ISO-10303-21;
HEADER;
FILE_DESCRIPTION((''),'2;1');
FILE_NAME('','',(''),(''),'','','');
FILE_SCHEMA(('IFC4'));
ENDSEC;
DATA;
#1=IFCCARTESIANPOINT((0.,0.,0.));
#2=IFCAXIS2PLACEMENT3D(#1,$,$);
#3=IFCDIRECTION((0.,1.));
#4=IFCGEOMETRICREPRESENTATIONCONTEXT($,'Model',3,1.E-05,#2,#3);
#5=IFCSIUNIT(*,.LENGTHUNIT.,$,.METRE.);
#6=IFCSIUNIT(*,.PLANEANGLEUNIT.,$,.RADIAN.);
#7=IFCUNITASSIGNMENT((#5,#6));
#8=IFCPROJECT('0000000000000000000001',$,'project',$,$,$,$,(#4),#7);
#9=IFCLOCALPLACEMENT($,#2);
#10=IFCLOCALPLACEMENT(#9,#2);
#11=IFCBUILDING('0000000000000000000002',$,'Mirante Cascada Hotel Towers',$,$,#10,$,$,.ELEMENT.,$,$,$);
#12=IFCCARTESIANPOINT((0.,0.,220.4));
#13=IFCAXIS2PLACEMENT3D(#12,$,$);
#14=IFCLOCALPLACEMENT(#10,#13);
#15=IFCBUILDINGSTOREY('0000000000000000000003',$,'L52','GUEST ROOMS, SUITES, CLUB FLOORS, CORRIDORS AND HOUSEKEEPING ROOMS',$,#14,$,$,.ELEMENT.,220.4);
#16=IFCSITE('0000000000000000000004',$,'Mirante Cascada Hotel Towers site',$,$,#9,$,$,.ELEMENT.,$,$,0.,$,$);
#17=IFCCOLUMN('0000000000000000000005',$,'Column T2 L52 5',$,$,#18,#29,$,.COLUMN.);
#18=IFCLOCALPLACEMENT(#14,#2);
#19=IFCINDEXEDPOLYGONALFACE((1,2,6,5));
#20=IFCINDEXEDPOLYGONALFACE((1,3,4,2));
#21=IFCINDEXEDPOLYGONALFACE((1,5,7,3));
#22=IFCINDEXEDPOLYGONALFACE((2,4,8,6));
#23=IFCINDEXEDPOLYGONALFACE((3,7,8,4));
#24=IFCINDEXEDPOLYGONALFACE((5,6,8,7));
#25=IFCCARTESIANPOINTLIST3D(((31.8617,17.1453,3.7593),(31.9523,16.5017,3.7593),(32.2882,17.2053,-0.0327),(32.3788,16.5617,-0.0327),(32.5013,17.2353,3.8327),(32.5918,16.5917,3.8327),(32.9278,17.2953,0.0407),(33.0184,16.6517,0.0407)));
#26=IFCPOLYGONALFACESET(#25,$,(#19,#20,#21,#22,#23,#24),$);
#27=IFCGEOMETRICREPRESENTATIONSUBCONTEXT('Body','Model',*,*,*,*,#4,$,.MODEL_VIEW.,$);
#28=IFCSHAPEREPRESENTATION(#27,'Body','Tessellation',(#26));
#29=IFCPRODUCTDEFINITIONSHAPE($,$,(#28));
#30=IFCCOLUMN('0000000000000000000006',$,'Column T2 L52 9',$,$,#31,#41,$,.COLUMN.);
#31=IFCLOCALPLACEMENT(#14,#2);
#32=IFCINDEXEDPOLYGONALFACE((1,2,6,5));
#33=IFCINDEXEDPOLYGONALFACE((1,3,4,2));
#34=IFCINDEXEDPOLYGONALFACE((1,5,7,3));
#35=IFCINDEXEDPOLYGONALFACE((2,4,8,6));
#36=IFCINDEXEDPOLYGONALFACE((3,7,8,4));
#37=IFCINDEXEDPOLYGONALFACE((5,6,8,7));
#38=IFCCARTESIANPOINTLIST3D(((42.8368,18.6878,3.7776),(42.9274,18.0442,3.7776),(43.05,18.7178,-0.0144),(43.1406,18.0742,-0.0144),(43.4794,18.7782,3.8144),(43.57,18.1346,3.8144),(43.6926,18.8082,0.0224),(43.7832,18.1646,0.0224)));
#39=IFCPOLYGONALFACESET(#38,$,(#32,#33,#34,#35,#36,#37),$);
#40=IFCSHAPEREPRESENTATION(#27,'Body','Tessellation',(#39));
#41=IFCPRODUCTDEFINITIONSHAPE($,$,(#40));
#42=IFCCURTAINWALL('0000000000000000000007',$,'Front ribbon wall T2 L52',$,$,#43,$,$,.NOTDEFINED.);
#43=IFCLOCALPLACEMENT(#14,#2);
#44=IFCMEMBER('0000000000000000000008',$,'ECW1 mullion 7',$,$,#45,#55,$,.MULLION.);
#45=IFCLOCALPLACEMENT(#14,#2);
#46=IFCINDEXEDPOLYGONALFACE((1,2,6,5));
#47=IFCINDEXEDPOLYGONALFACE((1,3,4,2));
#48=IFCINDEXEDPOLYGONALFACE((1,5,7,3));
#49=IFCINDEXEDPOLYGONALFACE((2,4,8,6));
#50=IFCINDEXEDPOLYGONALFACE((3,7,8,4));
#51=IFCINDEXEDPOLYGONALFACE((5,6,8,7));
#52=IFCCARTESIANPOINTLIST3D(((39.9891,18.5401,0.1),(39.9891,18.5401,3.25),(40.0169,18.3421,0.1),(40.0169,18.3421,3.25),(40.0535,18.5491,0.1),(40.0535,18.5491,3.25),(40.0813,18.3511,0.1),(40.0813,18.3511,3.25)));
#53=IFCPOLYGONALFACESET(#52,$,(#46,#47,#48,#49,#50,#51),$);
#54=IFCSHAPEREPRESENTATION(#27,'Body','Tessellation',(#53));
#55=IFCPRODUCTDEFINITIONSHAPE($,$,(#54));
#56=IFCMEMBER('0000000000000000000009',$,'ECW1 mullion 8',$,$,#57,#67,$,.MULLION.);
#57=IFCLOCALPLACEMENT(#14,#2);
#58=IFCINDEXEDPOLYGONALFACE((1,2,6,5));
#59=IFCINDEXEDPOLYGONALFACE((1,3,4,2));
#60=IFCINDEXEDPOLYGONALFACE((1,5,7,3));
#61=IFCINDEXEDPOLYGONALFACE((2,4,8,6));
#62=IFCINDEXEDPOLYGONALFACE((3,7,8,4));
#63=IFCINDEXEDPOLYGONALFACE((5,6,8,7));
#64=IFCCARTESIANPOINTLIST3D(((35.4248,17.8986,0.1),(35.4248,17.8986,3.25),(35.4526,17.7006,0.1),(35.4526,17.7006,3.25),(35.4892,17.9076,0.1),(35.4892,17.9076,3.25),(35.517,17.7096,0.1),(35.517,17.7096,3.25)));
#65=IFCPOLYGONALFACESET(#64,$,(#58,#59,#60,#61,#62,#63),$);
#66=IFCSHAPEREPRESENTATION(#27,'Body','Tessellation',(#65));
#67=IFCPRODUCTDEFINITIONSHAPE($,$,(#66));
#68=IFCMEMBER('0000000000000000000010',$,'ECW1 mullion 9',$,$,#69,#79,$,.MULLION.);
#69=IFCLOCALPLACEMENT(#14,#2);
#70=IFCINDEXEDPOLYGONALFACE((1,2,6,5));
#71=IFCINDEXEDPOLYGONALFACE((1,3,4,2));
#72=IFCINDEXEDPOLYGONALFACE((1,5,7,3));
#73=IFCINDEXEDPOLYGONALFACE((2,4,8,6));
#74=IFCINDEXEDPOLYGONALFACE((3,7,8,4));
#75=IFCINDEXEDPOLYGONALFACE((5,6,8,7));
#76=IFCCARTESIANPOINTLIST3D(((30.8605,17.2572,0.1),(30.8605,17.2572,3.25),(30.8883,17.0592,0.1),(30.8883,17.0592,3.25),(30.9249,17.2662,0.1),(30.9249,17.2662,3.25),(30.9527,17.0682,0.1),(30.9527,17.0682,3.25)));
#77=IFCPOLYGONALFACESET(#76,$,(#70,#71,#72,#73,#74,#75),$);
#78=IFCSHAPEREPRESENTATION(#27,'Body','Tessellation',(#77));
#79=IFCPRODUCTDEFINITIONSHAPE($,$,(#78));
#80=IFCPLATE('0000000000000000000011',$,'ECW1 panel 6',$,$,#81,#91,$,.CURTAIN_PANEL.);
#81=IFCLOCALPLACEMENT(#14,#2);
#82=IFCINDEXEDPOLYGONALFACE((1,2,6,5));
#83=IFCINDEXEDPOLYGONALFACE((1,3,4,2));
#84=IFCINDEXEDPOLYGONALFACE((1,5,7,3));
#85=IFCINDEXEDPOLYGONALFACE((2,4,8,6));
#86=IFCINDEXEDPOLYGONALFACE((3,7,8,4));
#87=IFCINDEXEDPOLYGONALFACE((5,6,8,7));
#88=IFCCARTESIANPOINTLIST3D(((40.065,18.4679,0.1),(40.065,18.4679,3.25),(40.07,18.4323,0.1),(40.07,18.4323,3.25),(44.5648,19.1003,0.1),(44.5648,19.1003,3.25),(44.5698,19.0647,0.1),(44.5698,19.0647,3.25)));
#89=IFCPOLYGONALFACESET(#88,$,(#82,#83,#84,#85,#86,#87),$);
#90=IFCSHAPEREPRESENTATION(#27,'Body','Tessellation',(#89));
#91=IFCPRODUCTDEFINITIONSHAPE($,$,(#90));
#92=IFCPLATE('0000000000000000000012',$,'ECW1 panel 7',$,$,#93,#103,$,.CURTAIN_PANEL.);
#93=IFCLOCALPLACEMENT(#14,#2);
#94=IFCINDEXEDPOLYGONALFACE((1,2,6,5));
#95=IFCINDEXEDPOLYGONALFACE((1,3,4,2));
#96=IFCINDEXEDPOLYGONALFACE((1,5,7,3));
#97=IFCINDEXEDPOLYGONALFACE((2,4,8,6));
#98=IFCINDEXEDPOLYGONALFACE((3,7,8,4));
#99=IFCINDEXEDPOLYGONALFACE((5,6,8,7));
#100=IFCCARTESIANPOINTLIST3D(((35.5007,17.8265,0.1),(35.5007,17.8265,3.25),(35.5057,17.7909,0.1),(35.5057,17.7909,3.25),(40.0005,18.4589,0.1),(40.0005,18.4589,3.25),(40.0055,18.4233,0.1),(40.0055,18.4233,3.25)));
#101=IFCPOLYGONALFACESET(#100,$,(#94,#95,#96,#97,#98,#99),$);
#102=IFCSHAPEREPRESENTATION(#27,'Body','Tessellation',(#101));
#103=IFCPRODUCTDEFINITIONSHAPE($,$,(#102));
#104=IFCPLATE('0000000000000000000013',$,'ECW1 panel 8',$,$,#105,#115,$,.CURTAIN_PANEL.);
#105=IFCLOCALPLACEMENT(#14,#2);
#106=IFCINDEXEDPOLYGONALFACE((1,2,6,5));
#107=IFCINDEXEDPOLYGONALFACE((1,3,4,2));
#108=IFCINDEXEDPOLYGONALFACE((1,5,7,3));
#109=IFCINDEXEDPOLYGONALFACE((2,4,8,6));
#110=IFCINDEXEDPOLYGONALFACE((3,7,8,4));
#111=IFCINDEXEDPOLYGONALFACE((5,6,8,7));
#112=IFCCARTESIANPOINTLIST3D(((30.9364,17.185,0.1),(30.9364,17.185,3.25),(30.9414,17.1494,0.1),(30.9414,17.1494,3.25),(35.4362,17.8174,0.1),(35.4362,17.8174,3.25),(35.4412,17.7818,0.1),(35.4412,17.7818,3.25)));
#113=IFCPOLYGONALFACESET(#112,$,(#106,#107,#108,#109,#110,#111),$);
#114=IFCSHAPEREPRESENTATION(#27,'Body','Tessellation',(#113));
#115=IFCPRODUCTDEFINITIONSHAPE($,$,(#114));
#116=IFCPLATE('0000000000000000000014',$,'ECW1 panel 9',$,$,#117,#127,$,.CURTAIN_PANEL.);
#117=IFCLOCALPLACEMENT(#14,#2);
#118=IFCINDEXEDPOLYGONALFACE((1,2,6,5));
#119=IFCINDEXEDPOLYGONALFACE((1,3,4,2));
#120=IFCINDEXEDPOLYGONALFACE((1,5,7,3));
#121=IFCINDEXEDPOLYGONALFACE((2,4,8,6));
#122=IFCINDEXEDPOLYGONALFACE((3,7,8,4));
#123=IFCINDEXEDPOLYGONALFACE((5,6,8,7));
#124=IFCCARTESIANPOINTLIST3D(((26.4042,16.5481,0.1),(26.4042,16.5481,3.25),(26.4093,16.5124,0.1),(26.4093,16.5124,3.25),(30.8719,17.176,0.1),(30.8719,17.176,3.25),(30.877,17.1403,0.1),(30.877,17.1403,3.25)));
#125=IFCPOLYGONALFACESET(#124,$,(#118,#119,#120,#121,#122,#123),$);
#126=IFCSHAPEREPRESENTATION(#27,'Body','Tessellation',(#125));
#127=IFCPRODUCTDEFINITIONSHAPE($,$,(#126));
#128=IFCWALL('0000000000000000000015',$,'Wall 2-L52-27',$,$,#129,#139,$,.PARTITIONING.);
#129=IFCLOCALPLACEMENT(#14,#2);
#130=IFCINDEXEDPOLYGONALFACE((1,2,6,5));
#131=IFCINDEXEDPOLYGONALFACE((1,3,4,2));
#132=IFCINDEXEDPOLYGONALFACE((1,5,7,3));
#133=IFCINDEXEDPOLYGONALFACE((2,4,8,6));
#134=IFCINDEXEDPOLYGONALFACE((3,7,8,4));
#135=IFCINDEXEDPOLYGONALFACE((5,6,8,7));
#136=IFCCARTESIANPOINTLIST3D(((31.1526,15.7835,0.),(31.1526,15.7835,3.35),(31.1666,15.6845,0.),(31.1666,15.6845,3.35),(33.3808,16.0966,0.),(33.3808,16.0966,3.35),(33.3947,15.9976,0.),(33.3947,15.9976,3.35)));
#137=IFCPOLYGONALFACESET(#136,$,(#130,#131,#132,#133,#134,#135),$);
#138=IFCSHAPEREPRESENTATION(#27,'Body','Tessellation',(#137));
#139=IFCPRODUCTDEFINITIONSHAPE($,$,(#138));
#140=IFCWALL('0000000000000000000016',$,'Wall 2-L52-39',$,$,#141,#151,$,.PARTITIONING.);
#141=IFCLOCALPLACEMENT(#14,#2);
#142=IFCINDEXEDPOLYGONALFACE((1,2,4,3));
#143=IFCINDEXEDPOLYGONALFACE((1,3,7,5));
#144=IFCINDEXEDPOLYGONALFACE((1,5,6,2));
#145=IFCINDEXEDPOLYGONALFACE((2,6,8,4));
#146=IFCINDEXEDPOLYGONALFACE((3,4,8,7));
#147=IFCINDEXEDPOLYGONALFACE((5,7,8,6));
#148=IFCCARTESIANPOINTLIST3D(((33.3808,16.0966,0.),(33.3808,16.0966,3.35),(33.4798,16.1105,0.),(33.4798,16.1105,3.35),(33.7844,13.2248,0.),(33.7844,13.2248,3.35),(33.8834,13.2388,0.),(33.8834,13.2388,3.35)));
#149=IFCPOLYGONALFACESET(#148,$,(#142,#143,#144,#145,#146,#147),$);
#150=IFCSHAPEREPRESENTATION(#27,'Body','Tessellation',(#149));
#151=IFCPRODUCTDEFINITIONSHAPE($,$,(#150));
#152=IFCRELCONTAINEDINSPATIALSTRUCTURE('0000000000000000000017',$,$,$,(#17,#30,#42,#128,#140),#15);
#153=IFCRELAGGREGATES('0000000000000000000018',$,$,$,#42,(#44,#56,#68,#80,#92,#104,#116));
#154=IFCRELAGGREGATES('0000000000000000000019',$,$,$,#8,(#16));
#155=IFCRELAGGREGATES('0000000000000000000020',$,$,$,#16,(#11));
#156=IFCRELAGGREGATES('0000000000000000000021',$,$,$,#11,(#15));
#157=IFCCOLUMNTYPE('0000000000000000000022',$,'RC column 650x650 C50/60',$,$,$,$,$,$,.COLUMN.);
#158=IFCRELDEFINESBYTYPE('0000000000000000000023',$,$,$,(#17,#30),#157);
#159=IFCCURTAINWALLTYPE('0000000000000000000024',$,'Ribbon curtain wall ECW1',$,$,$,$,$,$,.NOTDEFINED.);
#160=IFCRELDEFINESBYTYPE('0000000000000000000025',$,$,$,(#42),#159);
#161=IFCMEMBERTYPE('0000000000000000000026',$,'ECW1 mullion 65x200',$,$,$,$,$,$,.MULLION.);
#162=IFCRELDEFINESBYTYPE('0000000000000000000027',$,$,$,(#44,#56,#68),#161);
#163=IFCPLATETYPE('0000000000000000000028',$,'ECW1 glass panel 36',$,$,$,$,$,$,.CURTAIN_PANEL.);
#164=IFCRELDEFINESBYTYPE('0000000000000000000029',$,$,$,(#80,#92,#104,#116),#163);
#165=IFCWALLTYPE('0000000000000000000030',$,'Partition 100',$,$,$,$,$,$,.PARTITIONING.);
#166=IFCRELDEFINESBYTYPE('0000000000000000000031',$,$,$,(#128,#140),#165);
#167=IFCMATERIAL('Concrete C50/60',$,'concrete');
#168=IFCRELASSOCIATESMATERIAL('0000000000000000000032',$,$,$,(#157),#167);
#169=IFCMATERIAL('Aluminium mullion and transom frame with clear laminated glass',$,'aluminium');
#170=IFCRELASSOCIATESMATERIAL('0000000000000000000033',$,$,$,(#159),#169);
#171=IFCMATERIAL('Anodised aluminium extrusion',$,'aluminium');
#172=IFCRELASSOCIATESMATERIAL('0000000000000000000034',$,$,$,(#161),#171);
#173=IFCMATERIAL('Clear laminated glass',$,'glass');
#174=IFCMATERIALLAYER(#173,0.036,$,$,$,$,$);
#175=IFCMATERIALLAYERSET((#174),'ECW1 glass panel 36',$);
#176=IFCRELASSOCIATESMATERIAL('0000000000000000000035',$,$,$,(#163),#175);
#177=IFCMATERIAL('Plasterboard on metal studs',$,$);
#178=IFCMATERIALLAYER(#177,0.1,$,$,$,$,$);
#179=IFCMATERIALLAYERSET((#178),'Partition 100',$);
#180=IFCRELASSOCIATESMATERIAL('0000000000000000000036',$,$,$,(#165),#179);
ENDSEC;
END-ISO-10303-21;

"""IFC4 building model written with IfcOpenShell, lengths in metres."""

from ifc_helpers import new_model, si_unit, direction, frame, frame_2d, origin, origin_2d, place, context, subcontext, project, spatial, rectangle, extrude, material, layer, layer_set, material_profile, profile_set, type_object, element, aggregate, save


model = new_model("IFC4")

# Units and contexts
model_context = context("Model", 3, precision=1e-05, world=origin(), true_north=direction((0.0, 1.0)))
body_context = subcontext(model_context, "Body", "Model", "MODEL_VIEW")
ifc_project = project(units=[si_unit("LENGTHUNIT", "METRE"), si_unit("PLANEANGLEUNIT", "RADIAN")], contexts=[model_context])

# Site, building, storey
site_placement = place(None, origin())
site = spatial("IfcSite", under=ifc_project, at=site_placement, Name="Mirante Cascada Hotel Towers site", CompositionType="ELEMENT", RefElevation=0.0)
building_placement = place(site_placement, origin())
building = spatial("IfcBuilding", under=site, at=building_placement, Name="Mirante Cascada Hotel Towers", CompositionType="ELEMENT")
storey_placement = place(building_placement, frame((0.0, 0.0, 220.4)))
storey = spatial("IfcBuildingStorey", under=building, at=storey_placement, Name="L52", Description="GUEST ROOMS, SUITES, CLUB FLOORS, CORRIDORS AND HOUSEKEEPING ROOMS", CompositionType="ELEMENT", Elevation=220.4)

# Columns
ifc_material_1 = material(Name="Concrete C50/60", Category="concrete")
ifc_material_profile_1 = material_profile(ifc_material_1, rectangle(XDim=0.65, YDim=0.65, at=origin_2d()), Name="RC column 650x650 C50/60")
ifc_profile_set_1 = profile_set([ifc_material_profile_1], Name="Concrete C50/60")
column_type = type_object("IfcColumnType", Name="RC column 650x650 C50/60", PredefinedType="COLUMN", material=ifc_profile_set_1)
column_1_placement = place(storey_placement, frame((32.6533, 16.9285, 0.004), z_axis=(-0.111755, -0.015722, 0.993611), x_axis=(0.139308, -0.990249, 0.0)))
element("IfcColumn", 1, at=column_1_placement, inside=storey, type_object=column_type, Name="Column T2 L52 5", PredefinedType="COLUMN", context=body_context, shape_type="SweptSolid", body=[
    extrude(rectangle(XDim=0.65, YDim=0.65, at=origin_2d()), origin(), (0.0, 0.0, 1.0), 3.8164),
])
column_2_placement = place(storey_placement, frame((43.4166, 18.4412, 0.004), z_axis=(-0.056133, -0.007899, 0.998392), x_axis=(0.13934, -0.990245, 0.0)))
element("IfcColumn", 2, at=column_2_placement, inside=storey, type_object=column_type, Name="Column T2 L52 9", PredefinedType="COLUMN", context=body_context, shape_type="SweptSolid", body=[
    extrude(rectangle(XDim=0.65, YDim=0.65, at=origin_2d()), origin(), (0.0, 0.0, 1.0), 3.7981),
])

# Curtain wall, members, plates
ifc_material_2 = material(Name="Aluminium mullion and transom frame with clear laminated glass", Category="aluminium")
curtain_wall_type = type_object("IfcCurtainWallType", Name="Ribbon curtain wall ECW1", PredefinedType="NOTDEFINED", material=ifc_material_2)
curtain_wall_placement = place(storey_placement, origin())
curtain_wall = element("IfcCurtainWall", 3, at=curtain_wall_placement, inside=storey, type_object=curtain_wall_type, Name="Front ribbon wall T2 L52", PredefinedType="NOTDEFINED")
ifc_material_3 = material(Name="Anodised aluminium extrusion", Category="aluminium")
ifc_material_profile_2 = material_profile(ifc_material_3, rectangle(XDim=0.2, YDim=0.065, at=origin_2d()), Name="ECW1 MULLION 65x200")
ifc_profile_set_2 = profile_set([ifc_material_profile_2], Name="Anodised aluminium extrusion")
member_type = type_object("IfcMemberType", Name="ECW1 mullion 65x200", PredefinedType="MULLION", material=ifc_profile_set_2)
member_1_placement = place(storey_placement, frame((40.0352, 18.4456, 0.1), z_axis=(0.0, 0.0, 1.0), x_axis=(0.139173, -0.990268, 0.0)))
member_1 = element("IfcMember", 4, at=member_1_placement, type_object=member_type, Name="ECW1 mullion 7", PredefinedType="MULLION", context=body_context, shape_type="SweptSolid", body=[
    extrude(rectangle(XDim=0.2, YDim=0.065, at=origin_2d()), origin(), (0.0, 0.0, 1.0), 3.15),
])
member_2_placement = place(storey_placement, frame((35.4709, 17.8041, 0.1), z_axis=(0.0, 0.0, 1.0), x_axis=(0.139173, -0.990268, 0.0)))
member_2 = element("IfcMember", 5, at=member_2_placement, type_object=member_type, Name="ECW1 mullion 8", PredefinedType="MULLION", context=body_context, shape_type="SweptSolid", body=[
    extrude(rectangle(XDim=0.2, YDim=0.065, at=origin_2d()), origin(), (0.0, 0.0, 1.0), 3.15),
])
member_3_placement = place(storey_placement, frame((30.9066, 17.1627, 0.1), z_axis=(0.0, 0.0, 1.0), x_axis=(0.139173, -0.990268, 0.0)))
member_3 = element("IfcMember", 6, at=member_3_placement, type_object=member_type, Name="ECW1 mullion 9", PredefinedType="MULLION", context=body_context, shape_type="SweptSolid", body=[
    extrude(rectangle(XDim=0.2, YDim=0.065, at=origin_2d()), origin(), (0.0, 0.0, 1.0), 3.15),
])
ifc_material_4 = material(Name="Clear laminated glass", Category="glass")
ifc_layer_1 = layer(ifc_material_4, 0.036)
ifc_layer_set_1 = layer_set([ifc_layer_1], Name="ECW1 glass panel 36")
plate_type = type_object("IfcPlateType", Name="ECW1 glass panel 36", PredefinedType="CURTAIN_PANEL", material=ifc_layer_set_1)
plate_1_placement = place(storey_placement, frame((42.3174, 18.7663, 0.1), z_axis=(0.0, 0.0, 1.0), x_axis=(-0.990268, -0.139173, 0.0)))
plate_1 = element("IfcPlate", 7, at=plate_1_placement, type_object=plate_type, Name="ECW1 panel 6", PredefinedType="CURTAIN_PANEL", context=body_context, shape_type="SweptSolid", body=[
    extrude(rectangle(XDim=4.5441, YDim=0.036, at=origin_2d()), origin(), (0.0, 0.0, 1.0), 3.15),
])
plate_2_placement = place(storey_placement, frame((37.7531, 18.1249, 0.1), z_axis=(0.0, 0.0, 1.0), x_axis=(-0.990268, -0.139173, 0.0)))
plate_2 = element("IfcPlate", 8, at=plate_2_placement, type_object=plate_type, Name="ECW1 panel 7", PredefinedType="CURTAIN_PANEL", context=body_context, shape_type="SweptSolid", body=[
    extrude(rectangle(XDim=4.5441, YDim=0.036, at=origin_2d()), origin(), (0.0, 0.0, 1.0), 3.15),
])
plate_3_placement = place(storey_placement, frame((33.1888, 17.4834, 0.1), z_axis=(0.0, 0.0, 1.0), x_axis=(-0.990268, -0.139173, 0.0)))
plate_3 = element("IfcPlate", 9, at=plate_3_placement, type_object=plate_type, Name="ECW1 panel 8", PredefinedType="CURTAIN_PANEL", context=body_context, shape_type="SweptSolid", body=[
    extrude(rectangle(XDim=4.5441, YDim=0.036, at=origin_2d()), origin(), (0.0, 0.0, 1.0), 3.15),
])
plate_4_placement = place(storey_placement, frame((28.6406, 16.8442, 0.1), z_axis=(0.0, 0.0, 1.0), x_axis=(-0.990268, -0.139173, 0.0)))
plate_4 = element("IfcPlate", 10, at=plate_4_placement, type_object=plate_type, Name="ECW1 panel 9", PredefinedType="CURTAIN_PANEL", context=body_context, shape_type="SweptSolid", body=[
    extrude(rectangle(XDim=4.5116, YDim=0.036, at=origin_2d()), origin(), (0.0, 0.0, 1.0), 3.15),
])
aggregate(curtain_wall, [member_1, member_2, member_3, plate_1, plate_2, plate_3, plate_4])

# Walls
ifc_material_5 = material(Name="Plasterboard on metal studs")
ifc_layer_2 = layer(ifc_material_5, 0.1)
ifc_layer_set_2 = layer_set([ifc_layer_2], Name="Partition 100")
wall_type = type_object("IfcWallType", Name="Partition 100", PredefinedType="PARTITIONING", material=ifc_layer_set_2)
wall_1_placement = place(storey_placement, frame((31.1596, 15.734, 0.0), z_axis=(0.0, 0.0, 1.0), x_axis=(0.990271, 0.139156, 0.0)))
element("IfcWall", 11, at=wall_1_placement, inside=storey, type_object=wall_type, Name="Wall 2-L52-27", PredefinedType="PARTITIONING", context=body_context, shape_type="SweptSolid", body=[
    extrude(rectangle(XDim=2.25, YDim=0.1, at=frame_2d((1.125, 0.0))), origin(), (0.0, 0.0, 1.0), 3.35),
])
wall_2_placement = place(storey_placement, frame((33.8339, 13.2318, 0.0), z_axis=(0.0, 0.0, 1.0), x_axis=(-0.139171, 0.990268, 0.0)))
element("IfcWall", 12, at=wall_2_placement, inside=storey, type_object=wall_type, Name="Wall 2-L52-39", PredefinedType="PARTITIONING", context=body_context, shape_type="SweptSolid", body=[
    extrude(rectangle(XDim=2.9, YDim=0.1, at=frame_2d((1.45, 0.0))), origin(), (0.0, 0.0, 1.0), 3.35),
])

save(model, "model.ifc")
